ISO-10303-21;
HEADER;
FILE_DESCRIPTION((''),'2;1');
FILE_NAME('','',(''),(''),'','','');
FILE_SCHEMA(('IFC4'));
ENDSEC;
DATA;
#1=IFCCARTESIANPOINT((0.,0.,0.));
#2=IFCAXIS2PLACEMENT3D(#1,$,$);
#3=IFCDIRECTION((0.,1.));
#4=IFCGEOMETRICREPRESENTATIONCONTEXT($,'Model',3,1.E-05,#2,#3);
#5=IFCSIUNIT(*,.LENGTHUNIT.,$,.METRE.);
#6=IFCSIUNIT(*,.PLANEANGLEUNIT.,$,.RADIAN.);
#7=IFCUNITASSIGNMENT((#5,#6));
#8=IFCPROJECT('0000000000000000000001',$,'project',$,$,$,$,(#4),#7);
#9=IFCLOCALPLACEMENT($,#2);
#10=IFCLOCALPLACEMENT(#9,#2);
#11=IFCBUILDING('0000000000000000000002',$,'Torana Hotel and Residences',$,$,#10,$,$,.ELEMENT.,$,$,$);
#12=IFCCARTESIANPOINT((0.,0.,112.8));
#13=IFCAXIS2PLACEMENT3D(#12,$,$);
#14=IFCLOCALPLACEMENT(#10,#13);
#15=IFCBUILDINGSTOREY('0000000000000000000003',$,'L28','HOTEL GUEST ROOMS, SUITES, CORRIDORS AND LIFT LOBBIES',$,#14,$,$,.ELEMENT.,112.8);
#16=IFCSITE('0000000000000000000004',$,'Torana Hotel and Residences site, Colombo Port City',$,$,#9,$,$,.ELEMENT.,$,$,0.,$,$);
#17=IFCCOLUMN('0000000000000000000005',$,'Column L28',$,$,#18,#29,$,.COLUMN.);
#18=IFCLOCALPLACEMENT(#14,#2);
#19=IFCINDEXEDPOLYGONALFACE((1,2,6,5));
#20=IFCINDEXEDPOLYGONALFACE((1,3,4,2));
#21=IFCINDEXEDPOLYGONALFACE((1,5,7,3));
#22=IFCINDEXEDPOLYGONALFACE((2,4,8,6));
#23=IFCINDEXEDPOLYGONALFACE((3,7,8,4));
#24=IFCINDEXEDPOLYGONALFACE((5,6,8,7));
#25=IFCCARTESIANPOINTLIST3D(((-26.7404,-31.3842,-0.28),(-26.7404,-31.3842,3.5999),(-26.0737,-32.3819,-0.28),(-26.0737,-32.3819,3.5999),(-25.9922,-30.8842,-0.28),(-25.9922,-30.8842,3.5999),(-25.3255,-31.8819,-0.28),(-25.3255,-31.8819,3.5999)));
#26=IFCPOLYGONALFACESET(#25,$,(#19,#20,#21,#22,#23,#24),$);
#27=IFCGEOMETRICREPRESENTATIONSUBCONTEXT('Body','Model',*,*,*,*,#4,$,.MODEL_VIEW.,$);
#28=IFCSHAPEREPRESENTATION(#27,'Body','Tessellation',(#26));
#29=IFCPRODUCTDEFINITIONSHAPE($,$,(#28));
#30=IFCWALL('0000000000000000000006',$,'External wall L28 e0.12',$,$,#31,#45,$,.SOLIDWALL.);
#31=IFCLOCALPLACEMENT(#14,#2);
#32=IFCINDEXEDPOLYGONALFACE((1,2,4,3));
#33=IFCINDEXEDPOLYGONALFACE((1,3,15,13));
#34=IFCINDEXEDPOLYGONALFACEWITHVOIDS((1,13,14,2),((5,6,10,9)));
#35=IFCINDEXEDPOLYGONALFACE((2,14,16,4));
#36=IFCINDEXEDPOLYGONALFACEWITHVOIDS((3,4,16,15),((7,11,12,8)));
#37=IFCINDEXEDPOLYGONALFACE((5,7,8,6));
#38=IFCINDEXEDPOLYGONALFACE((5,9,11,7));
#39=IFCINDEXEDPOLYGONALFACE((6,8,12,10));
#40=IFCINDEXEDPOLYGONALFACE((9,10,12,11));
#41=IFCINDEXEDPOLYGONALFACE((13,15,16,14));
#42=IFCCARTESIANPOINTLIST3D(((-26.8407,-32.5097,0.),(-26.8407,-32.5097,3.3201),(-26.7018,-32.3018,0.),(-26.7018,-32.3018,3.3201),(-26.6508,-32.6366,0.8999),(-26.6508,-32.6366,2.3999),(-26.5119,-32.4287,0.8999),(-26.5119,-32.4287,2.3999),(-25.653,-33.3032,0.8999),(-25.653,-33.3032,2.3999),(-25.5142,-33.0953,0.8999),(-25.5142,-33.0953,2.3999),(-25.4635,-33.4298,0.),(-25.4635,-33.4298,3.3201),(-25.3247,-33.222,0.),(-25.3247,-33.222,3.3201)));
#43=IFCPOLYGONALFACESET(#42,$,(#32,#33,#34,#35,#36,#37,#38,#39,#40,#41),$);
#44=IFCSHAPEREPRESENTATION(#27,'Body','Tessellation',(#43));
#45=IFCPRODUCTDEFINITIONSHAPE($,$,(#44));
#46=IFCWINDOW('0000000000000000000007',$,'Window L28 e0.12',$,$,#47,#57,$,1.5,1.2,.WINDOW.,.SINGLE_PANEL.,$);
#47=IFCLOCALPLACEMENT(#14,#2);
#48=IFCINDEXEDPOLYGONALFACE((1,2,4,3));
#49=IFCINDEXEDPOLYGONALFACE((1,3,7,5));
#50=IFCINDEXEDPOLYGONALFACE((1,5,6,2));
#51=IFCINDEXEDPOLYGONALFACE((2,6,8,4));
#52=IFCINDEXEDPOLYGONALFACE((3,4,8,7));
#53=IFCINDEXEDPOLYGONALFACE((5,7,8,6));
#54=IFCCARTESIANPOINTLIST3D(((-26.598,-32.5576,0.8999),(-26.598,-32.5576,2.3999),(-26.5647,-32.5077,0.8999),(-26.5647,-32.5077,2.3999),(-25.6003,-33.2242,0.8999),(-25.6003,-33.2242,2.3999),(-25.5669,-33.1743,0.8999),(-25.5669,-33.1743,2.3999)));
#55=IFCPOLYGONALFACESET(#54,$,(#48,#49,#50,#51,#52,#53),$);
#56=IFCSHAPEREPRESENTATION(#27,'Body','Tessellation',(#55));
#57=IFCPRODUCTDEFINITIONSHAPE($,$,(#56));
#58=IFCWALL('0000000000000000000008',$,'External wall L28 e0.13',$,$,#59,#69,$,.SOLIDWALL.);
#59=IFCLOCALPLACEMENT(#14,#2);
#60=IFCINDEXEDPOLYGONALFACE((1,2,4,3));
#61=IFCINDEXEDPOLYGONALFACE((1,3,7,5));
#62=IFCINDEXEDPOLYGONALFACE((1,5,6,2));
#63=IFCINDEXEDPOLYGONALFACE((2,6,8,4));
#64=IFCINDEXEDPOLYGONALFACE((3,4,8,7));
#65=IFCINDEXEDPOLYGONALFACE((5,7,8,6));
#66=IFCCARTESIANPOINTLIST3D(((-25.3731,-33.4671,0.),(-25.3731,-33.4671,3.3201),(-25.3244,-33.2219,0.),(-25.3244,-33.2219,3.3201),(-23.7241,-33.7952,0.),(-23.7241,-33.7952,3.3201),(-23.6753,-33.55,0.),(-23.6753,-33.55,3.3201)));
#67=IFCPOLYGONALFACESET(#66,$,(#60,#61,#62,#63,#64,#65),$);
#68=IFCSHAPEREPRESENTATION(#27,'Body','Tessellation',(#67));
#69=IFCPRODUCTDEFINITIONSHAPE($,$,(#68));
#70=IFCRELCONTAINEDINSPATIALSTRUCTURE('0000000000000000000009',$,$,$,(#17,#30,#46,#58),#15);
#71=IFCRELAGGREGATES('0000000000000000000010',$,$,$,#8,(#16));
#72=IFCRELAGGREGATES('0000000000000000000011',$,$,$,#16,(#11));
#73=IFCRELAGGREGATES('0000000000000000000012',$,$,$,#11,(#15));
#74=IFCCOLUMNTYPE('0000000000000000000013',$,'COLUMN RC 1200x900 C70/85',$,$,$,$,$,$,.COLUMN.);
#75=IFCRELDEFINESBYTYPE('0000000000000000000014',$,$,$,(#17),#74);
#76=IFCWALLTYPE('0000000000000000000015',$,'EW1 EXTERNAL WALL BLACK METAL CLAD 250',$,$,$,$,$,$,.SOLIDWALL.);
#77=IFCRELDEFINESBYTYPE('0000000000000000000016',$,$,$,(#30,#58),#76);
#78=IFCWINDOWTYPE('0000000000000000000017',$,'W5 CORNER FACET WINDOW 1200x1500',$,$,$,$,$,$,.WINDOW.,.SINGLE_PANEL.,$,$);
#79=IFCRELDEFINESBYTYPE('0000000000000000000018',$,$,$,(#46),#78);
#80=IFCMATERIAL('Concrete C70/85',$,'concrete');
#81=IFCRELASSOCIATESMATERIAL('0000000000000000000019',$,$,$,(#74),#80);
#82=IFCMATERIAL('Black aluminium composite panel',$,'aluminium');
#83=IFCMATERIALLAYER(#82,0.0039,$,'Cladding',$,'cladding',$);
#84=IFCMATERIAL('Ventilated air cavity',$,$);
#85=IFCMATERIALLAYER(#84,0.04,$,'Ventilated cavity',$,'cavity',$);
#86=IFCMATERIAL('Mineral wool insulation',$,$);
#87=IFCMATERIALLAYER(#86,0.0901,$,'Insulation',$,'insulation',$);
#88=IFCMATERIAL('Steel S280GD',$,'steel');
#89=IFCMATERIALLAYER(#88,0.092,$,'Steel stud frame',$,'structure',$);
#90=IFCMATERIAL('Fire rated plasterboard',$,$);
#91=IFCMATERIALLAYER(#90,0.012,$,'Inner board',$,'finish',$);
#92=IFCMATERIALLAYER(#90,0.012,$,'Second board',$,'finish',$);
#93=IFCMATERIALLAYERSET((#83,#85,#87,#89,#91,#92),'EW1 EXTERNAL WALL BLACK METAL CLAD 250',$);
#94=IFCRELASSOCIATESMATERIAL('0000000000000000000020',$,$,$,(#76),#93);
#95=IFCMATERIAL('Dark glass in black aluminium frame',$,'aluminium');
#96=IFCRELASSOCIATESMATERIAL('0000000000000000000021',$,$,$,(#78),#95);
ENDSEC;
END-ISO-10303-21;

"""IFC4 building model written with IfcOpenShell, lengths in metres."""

from ifc_helpers import new_model, si_unit, direction, frame, frame_2d, origin, origin_2d, place, context, subcontext, project, spatial, rectangle, extrude, material, layer, layer_set, material_profile, profile_set, type_object, element, fill, save


model = new_model("IFC4")

# Units and contexts
model_context = context("Model", 3, precision=1e-05, world=origin(), true_north=direction((0.0, 1.0)))
body_context = subcontext(model_context, "Body", "Model", "MODEL_VIEW")
ifc_project = project(units=[si_unit("LENGTHUNIT", "METRE"), si_unit("PLANEANGLEUNIT", "RADIAN")], contexts=[model_context])

# Site, building, storey
site_placement = place(None, origin())
site = spatial("IfcSite", under=ifc_project, at=site_placement, Name="Torana Hotel and Residences site, Colombo Port City", CompositionType="ELEMENT", RefElevation=0.0)
building_placement = place(site_placement, origin())
building = spatial("IfcBuilding", under=site, at=building_placement, Name="Torana Hotel and Residences", CompositionType="ELEMENT")
storey_placement = place(building_placement, frame((0.0, 0.0, 112.8)))
storey = spatial("IfcBuildingStorey", under=building, at=storey_placement, Name="L28", Description="HOTEL GUEST ROOMS, SUITES, CORRIDORS AND LIFT LOBBIES", CompositionType="ELEMENT", Elevation=112.8)

# Column
ifc_material_1 = material(Name="Concrete C70/85", Category="concrete")
ifc_material_profile = material_profile(ifc_material_1, rectangle(XDim=1.2, YDim=0.8999, at=origin_2d()), Name="RC 1200x900")
ifc_profile_set = profile_set([ifc_material_profile], Name="Concrete C70/85")
column_type = type_object("IfcColumnType", Name="COLUMN RC 1200x900 C70/85", PredefinedType="COLUMN", material=ifc_profile_set)
column_placement = place(storey_placement, frame((-26.033, -31.6331, -0.28), z_axis=(0.0, 0.0, 1.0), x_axis=(-0.555585, 0.83146, 0.0)))
element("IfcColumn", 1, at=column_placement, inside=storey, type_object=column_type, Name="Column L28", PredefinedType="COLUMN", context=body_context, shape_type="SweptSolid", body=[
    extrude(rectangle(XDim=1.2, YDim=0.8999, at=origin_2d()), origin(), (0.0, 0.0, 1.0), 3.8799),
])

# Wall, opening, window
ifc_material_2 = material(Name="Black aluminium composite panel", Category="aluminium")
ifc_layer_1 = layer(ifc_material_2, 0.0039, Name="Cladding", Category="cladding")
ifc_material_3 = material(Name="Ventilated air cavity")
ifc_layer_2 = layer(ifc_material_3, 0.04, Name="Ventilated cavity", Category="cavity")
ifc_material_4 = material(Name="Mineral wool insulation")
ifc_layer_3 = layer(ifc_material_4, 0.0901, Name="Insulation", Category="insulation")
ifc_material_5 = material(Name="Steel S280GD", Category="steel")
ifc_layer_4 = layer(ifc_material_5, 0.092, Name="Steel stud frame", Category="structure")
ifc_material_6 = material(Name="Fire rated plasterboard")
ifc_layer_5 = layer(ifc_material_6, 0.012, Name="Inner board", Category="finish")
ifc_layer_6 = layer(ifc_material_6, 0.012, Name="Second board", Category="finish")
ifc_layer_set = layer_set([ifc_layer_1, ifc_layer_2, ifc_layer_3, ifc_layer_4, ifc_layer_5, ifc_layer_6], Name="EW1 EXTERNAL WALL BLACK METAL CLAD 250")
wall_type = type_object("IfcWallType", Name="EW1 EXTERNAL WALL BLACK METAL CLAD 250", PredefinedType="SOLIDWALL", material=ifc_layer_set)
wall_1_placement = place(storey_placement, frame((-26.7712, -32.4058, 0.0), z_axis=(0.0, 0.0, 1.0), x_axis=(0.831483, -0.55555, 0.0)))
wall_1 = element("IfcWall", 2, at=wall_1_placement, inside=storey, type_object=wall_type, Name="External wall L28 e0.12", PredefinedType="SOLIDWALL", context=body_context, shape_type="SweptSolid", body=[
    extrude(rectangle(XDim=1.6562, YDim=0.25, at=frame_2d((0.8281, 0.0))), origin(), (0.0, 0.0, 1.0), 3.3201),
])
opening_placement = place(wall_1_placement, frame((0.2283, 0.0, 0.8999)))
opening = element("IfcOpeningElement", 3, at=opening_placement, cuts=wall_1, PredefinedType="OPENING", context=body_context, shape_type="SweptSolid", body=[
    extrude(rectangle(XDim=1.2, YDim=1.5, at=frame_2d((0.6001, 0.75))), frame((0.0, 0.135, 0.0), z_axis=(0.0, -1.0, 0.0), x_axis=(1.0, 0.0, 0.0)), (0.0, 0.0, 1.0), 0.27),
])
ifc_material_7 = material(Name="Dark glass in black aluminium frame", Category="aluminium")
window_type = type_object("IfcWindowType", Name="W5 CORNER FACET WINDOW 1200x1500", PartitioningType="SINGLE_PANEL", PredefinedType="WINDOW", material=ifc_material_7)
window_placement = place(opening_placement, origin())
window = element("IfcWindow", 4, at=window_placement, inside=storey, type_object=window_type, Name="Window L28 e0.12", OverallHeight=1.5, OverallWidth=1.2, PartitioningType="SINGLE_PANEL", PredefinedType="WINDOW", context=body_context, shape_type="SweptSolid", body=[
    extrude(rectangle(XDim=1.2, YDim=1.5, at=frame_2d((0.6001, 0.75))), frame((0.0, 0.03, 0.0), z_axis=(0.0, -1.0, 0.0), x_axis=(1.0, 0.0, 0.0)), (0.0, 0.0, 1.0), 0.0601),
])
fill(opening, window)

# Wall
wall_2_placement = place(storey_placement, frame((-25.3489, -33.3445, 0.0), z_axis=(0.0, 0.0, 1.0), x_axis=(0.980776, -0.195139, 0.0)))
element("IfcWall", 5, at=wall_2_placement, inside=storey, type_object=wall_type, Name="External wall L28 e0.13", PredefinedType="SOLIDWALL", context=body_context, shape_type="SweptSolid", body=[
    extrude(rectangle(XDim=1.6814, YDim=0.25, at=frame_2d((0.8408, 0.0))), origin(), (0.0, 0.0, 1.0), 3.3201),
])

save(model, "model.ifc")
